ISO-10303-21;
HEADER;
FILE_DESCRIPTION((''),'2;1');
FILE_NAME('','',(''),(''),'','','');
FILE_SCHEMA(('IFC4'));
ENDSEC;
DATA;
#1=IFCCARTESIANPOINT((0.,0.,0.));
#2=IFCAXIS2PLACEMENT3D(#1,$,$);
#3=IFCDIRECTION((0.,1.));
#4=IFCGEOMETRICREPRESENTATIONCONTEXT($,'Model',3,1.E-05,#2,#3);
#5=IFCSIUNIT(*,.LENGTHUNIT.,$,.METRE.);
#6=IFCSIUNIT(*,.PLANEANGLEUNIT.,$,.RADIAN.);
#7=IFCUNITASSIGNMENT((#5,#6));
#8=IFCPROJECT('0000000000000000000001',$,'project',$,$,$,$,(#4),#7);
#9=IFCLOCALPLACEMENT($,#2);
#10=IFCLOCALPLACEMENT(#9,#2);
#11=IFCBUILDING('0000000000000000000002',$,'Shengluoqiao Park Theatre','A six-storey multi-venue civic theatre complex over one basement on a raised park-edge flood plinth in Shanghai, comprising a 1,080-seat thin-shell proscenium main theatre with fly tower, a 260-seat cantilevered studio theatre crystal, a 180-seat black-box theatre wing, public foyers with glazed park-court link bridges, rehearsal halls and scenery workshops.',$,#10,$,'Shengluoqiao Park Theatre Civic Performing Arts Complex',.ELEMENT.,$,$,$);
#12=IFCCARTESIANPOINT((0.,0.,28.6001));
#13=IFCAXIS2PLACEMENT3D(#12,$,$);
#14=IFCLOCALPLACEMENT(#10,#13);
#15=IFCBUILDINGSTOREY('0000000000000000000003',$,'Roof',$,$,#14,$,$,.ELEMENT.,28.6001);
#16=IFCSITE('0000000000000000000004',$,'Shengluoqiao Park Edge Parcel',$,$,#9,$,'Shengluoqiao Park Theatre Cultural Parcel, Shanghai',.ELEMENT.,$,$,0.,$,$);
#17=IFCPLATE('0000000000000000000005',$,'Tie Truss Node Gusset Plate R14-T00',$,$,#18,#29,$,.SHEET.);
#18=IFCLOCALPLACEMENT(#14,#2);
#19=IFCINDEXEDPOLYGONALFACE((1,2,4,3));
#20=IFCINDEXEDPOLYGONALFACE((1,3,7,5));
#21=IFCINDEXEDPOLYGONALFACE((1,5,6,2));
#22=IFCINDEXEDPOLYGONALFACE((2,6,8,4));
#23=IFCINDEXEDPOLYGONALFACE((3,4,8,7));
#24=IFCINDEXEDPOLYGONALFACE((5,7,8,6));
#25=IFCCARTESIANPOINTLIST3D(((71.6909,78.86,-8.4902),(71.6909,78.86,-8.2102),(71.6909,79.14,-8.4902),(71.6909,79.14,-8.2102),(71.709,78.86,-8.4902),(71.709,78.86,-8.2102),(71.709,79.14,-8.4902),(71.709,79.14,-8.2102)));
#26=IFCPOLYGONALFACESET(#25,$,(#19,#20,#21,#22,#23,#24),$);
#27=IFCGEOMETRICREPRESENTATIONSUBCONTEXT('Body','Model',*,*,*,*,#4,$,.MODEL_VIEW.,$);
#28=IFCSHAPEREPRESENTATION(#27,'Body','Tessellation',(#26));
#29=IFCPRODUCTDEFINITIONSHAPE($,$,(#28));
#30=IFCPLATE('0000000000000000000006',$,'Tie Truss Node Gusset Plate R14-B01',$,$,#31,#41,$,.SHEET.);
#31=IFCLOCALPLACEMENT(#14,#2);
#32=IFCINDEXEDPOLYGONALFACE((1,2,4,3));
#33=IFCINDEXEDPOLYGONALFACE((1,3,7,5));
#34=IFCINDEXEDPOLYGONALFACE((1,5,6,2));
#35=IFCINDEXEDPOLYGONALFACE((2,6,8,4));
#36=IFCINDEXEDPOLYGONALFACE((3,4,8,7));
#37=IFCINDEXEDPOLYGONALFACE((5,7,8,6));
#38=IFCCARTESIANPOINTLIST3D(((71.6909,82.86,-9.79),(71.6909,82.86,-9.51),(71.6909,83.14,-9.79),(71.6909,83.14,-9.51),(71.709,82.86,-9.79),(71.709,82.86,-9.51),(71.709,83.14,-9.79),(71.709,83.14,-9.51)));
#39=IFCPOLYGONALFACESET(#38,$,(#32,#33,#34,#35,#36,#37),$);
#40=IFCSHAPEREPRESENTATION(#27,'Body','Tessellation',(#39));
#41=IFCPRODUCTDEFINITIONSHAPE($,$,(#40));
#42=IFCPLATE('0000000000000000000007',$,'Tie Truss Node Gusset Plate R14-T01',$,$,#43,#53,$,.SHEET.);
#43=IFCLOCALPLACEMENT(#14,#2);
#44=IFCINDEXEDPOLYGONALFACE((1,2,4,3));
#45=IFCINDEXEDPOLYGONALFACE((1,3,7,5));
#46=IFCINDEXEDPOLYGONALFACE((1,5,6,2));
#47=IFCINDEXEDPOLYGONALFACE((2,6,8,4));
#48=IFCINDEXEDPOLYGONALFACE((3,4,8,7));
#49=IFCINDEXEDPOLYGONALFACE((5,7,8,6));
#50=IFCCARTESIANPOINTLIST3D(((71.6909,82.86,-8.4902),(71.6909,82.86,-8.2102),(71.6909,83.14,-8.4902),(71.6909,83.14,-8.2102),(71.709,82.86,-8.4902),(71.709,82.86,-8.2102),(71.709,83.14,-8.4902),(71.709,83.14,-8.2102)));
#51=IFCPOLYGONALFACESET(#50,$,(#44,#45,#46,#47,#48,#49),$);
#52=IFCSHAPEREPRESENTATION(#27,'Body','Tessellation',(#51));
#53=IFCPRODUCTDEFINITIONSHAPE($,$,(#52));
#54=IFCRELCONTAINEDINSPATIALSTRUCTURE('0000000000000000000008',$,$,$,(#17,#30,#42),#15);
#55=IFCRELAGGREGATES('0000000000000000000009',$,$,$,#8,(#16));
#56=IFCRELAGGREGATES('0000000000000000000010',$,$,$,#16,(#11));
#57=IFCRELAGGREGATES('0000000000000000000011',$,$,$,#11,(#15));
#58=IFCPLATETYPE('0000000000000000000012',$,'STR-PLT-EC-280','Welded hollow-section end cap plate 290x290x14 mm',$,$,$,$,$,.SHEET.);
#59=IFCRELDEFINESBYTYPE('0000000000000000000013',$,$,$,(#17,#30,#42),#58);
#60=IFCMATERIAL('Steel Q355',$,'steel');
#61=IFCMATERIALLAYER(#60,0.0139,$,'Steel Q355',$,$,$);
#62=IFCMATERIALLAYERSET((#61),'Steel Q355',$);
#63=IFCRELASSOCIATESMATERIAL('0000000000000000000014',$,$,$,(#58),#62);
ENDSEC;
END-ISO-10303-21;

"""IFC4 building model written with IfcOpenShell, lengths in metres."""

from ifc_helpers import new_model, si_unit, direction, frame, origin, origin_2d, place, context, subcontext, project, spatial, rectangle, extrude, material, layer, layer_set, type_object, element, save


model = new_model("IFC4")

# Units and contexts
model_context = context("Model", 3, precision=1e-05, world=origin(), true_north=direction((0.0, 1.0)))
body_context = subcontext(model_context, "Body", "Model", "MODEL_VIEW")
ifc_project = project(units=[si_unit("LENGTHUNIT", "METRE"), si_unit("PLANEANGLEUNIT", "RADIAN")], contexts=[model_context])

# Site, building, storey
site_placement = place(None, origin())
site = spatial("IfcSite", under=ifc_project, at=site_placement, Name="Shengluoqiao Park Edge Parcel", LongName="Shengluoqiao Park Theatre Cultural Parcel, Shanghai", CompositionType="ELEMENT", RefElevation=0.0)
building_placement = place(site_placement, origin())
building = spatial("IfcBuilding", under=site, at=building_placement, Name="Shengluoqiao Park Theatre", Description="A six-storey multi-venue civic theatre complex over one basement on a raised park-edge flood plinth in Shanghai, comprising a 1,080-seat thin-shell proscenium main theatre with fly tower, a 260-seat cantilevered studio theatre crystal, a 180-seat black-box theatre wing, public foyers with glazed park-court link bridges, rehearsal halls and scenery workshops.", LongName="Shengluoqiao Park Theatre Civic Performing Arts Complex", CompositionType="ELEMENT")
storey_placement = place(building_placement, frame((0.0, 0.0, 28.6001)))
storey = spatial("IfcBuildingStorey", under=building, at=storey_placement, Name="Roof", CompositionType="ELEMENT", Elevation=28.6001)

# Shared definitions
ifc_material = material(Name="Steel Q355", Category="steel")

# Plates
ifc_layer = layer(ifc_material, 0.0139, Name="Steel Q355")
ifc_layer_set = layer_set([ifc_layer], Name="Steel Q355")
plate_type = type_object("IfcPlateType", Name="STR-PLT-EC-280", Description="Welded hollow-section end cap plate 290x290x14 mm", PredefinedType="SHEET", material=ifc_layer_set)
for number, where, z_axis, x_axis, name in (
    (1, (71.7, 79.0, -8.4902), (0.0, 0.0, 1.0), (1.0, 0.0, 0.0), "Tie Truss Node Gusset Plate R14-T00"),
    (2, (71.7, 83.0, -9.79), (0.0, 0.0, 1.0), (1.0, 0.0, 0.0), "Tie Truss Node Gusset Plate R14-B01"),
    (3, (71.7, 83.0, -8.4902), (0.0, 0.0, 1.0), (1.0, 0.0, 0.0), "Tie Truss Node Gusset Plate R14-T01"),
):
    element("IfcPlate", number, at=place(storey_placement, frame(where, z_axis=z_axis, x_axis=x_axis)), inside=storey, type_object=plate_type, Name=name, PredefinedType="SHEET", context=body_context, shape_type="SweptSolid", body=[
        extrude(rectangle(XDim=0.0181, YDim=0.28, at=origin_2d()), origin(), (0.0, 0.0, 1.0), 0.28),
    ])

save(model, "model.ifc")
